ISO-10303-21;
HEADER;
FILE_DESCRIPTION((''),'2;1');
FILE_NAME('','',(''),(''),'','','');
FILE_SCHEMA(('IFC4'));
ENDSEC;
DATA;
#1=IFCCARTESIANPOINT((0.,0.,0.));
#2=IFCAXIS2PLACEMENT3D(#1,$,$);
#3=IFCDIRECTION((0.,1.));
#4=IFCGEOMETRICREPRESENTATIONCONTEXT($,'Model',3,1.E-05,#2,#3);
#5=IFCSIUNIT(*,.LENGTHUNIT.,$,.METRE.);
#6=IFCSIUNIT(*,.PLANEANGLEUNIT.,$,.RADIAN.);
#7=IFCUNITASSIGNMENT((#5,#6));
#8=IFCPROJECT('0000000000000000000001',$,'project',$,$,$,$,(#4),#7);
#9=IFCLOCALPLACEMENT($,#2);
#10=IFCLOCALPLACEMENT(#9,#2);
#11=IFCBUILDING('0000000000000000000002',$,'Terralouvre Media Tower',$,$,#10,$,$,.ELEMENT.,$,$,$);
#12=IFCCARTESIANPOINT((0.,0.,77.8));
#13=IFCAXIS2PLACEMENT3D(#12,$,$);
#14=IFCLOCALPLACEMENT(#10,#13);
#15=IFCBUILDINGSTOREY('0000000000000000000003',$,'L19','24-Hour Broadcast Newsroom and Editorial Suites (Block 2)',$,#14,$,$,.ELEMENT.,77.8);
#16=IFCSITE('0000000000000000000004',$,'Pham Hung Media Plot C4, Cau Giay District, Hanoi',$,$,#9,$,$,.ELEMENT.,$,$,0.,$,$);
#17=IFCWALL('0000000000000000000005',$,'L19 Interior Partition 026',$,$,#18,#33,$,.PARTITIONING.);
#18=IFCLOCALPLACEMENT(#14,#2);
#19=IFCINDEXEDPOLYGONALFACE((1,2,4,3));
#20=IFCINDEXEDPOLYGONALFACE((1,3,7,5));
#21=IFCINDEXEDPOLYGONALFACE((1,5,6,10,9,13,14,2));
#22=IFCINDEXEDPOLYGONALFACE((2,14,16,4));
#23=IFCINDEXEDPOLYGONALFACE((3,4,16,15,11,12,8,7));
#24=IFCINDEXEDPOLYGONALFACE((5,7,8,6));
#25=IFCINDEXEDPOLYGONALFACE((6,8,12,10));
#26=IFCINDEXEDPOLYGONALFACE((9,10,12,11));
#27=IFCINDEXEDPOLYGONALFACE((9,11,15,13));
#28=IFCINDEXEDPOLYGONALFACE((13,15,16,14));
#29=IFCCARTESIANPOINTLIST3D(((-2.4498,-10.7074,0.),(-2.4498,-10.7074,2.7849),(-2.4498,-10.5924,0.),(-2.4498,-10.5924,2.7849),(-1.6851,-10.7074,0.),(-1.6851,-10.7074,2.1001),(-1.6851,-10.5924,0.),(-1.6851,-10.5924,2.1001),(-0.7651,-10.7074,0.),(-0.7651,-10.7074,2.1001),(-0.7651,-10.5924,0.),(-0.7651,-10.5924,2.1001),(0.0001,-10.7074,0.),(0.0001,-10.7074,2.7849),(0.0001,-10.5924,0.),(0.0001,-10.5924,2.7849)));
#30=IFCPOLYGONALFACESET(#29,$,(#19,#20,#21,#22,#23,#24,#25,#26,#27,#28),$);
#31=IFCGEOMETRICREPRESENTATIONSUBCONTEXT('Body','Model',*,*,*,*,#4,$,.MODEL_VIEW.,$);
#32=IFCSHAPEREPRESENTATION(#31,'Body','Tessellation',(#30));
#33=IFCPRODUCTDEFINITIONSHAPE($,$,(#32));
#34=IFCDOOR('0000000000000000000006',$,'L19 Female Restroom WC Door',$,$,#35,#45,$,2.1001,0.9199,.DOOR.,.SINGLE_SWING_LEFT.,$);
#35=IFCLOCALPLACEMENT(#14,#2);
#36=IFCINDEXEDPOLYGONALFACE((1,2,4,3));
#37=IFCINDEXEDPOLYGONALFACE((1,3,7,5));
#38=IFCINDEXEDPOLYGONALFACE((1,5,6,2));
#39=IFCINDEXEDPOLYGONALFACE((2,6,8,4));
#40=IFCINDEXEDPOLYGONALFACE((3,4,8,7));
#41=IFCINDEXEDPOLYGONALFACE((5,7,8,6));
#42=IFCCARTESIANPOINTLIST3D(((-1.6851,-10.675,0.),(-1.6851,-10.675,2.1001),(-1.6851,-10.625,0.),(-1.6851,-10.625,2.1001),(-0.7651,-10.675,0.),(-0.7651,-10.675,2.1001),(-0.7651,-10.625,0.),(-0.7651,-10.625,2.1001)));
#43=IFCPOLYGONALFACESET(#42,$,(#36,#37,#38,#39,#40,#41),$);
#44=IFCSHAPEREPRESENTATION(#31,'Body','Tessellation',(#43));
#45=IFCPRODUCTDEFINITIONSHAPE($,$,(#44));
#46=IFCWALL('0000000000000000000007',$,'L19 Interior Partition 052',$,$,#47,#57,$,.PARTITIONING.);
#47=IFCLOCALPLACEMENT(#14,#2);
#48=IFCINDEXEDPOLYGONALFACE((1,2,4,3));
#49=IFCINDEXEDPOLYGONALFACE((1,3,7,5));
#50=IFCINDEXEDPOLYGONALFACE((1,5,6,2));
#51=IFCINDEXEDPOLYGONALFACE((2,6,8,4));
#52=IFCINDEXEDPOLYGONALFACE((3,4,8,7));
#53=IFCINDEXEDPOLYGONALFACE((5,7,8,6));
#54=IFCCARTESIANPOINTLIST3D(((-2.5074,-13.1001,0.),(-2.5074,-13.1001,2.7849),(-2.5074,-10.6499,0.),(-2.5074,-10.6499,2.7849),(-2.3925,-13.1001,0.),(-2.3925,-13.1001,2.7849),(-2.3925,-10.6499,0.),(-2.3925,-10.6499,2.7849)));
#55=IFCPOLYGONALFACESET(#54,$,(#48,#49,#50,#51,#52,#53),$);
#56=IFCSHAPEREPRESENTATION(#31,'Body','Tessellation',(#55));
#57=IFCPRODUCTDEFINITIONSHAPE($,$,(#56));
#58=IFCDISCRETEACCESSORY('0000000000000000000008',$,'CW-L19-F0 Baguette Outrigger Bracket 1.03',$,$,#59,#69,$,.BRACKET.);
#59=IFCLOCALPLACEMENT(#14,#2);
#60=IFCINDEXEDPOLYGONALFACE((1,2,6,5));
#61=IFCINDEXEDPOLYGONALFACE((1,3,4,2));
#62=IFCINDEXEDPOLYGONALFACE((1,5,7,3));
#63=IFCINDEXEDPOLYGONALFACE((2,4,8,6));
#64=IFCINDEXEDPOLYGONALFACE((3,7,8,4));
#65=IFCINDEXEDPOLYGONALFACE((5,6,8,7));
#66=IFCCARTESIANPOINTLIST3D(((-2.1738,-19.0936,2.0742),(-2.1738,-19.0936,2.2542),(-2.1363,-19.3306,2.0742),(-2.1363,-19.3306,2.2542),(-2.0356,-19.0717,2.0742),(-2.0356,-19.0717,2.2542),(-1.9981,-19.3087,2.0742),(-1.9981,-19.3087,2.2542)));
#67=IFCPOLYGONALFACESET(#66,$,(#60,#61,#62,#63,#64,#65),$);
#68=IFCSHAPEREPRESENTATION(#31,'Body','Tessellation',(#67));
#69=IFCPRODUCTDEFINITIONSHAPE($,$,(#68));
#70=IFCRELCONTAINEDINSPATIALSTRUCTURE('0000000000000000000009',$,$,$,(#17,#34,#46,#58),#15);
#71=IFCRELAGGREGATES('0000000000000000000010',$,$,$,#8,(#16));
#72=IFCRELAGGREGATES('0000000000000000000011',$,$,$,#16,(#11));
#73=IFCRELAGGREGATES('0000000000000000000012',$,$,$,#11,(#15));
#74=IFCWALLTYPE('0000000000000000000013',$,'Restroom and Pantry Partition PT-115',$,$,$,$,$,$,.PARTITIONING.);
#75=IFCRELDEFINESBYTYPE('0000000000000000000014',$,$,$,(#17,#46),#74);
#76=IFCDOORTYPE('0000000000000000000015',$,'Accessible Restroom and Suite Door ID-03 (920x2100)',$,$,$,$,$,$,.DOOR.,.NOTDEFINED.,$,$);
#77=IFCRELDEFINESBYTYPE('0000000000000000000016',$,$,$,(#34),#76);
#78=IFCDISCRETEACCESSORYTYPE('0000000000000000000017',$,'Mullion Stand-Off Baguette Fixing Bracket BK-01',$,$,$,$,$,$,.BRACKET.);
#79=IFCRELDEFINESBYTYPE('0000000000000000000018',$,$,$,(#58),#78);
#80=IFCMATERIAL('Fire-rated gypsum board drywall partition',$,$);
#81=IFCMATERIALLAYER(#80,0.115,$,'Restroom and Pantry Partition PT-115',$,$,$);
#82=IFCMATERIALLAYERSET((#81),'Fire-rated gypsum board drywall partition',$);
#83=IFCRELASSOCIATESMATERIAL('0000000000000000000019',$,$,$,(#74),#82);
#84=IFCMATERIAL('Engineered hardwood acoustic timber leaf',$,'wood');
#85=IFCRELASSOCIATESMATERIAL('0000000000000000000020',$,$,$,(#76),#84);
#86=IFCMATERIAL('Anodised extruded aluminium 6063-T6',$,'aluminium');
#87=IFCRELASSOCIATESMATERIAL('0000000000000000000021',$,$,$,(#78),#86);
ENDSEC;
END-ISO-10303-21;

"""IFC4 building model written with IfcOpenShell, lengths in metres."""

from ifc_helpers import new_model, si_unit, direction, frame, frame_2d, origin, origin_2d, place, context, subcontext, project, spatial, rectangle, extrude, material, layer, layer_set, type_object, element, fill, save


model = new_model("IFC4")

# Units and contexts
model_context = context("Model", 3, precision=1e-05, world=origin(), true_north=direction((0.0, 1.0)))
body_context = subcontext(model_context, "Body", "Model", "MODEL_VIEW")
ifc_project = project(units=[si_unit("LENGTHUNIT", "METRE"), si_unit("PLANEANGLEUNIT", "RADIAN")], contexts=[model_context])

# Site, building, storey
site_placement = place(None, origin())
site = spatial("IfcSite", under=ifc_project, at=site_placement, Name="Pham Hung Media Plot C4, Cau Giay District, Hanoi", CompositionType="ELEMENT", RefElevation=0.0)
building_placement = place(site_placement, origin())
building = spatial("IfcBuilding", under=site, at=building_placement, Name="Terralouvre Media Tower", CompositionType="ELEMENT")
storey_placement = place(building_placement, frame((0.0, 0.0, 77.8)))
storey = spatial("IfcBuildingStorey", under=building, at=storey_placement, Name="L19", Description="24-Hour Broadcast Newsroom and Editorial Suites (Block 2)", CompositionType="ELEMENT", Elevation=77.8)

# Wall, opening, door
ifc_material_1 = material(Name="Fire-rated gypsum board drywall partition")
ifc_layer_1 = layer(ifc_material_1, 0.115, Name="Restroom and Pantry Partition PT-115")
ifc_layer_set_1 = layer_set([ifc_layer_1], Name="Fire-rated gypsum board drywall partition")
wall_type_1 = type_object("IfcWallType", Name="Restroom and Pantry Partition PT-115", PredefinedType="PARTITIONING", material=ifc_layer_set_1)
ifc_material_2 = material(Name="Engineered hardwood acoustic timber leaf", Category="wood")
door_type_1 = type_object("IfcDoorType", Name="Accessible Restroom and Suite Door ID-03 (920x2100)", OperationType="NOTDEFINED", PredefinedType="DOOR", material=ifc_material_2)
wall_1_placement = place(storey_placement, frame((-2.45, -10.6499, 0.0), z_axis=(0.0, 0.0, 1.0), x_axis=(1.0, 0.0, 0.0)))
wall_1 = element("IfcWall", 1, at=wall_1_placement, inside=storey, type_object=wall_type_1, Name="L19 Interior Partition 026", PredefinedType="PARTITIONING", context=body_context, shape_type="SweptSolid", body=[
    extrude(rectangle(XDim=2.45, YDim=0.115, at=frame_2d((1.2251, 0.0))), origin(), (0.0, 0.0, 1.0), 2.7849),
])
opening_1_placement = place(wall_1_placement, frame((0.7649, 0.0, 0.0)))
opening_1 = element("IfcOpeningElement", 2, at=opening_1_placement, cuts=wall_1, PredefinedType="OPENING", context=body_context, shape_type="SweptSolid", body=[
    extrude(rectangle(XDim=0.9199, YDim=2.1001, at=frame_2d((0.46, 1.05))), frame((0.0, 0.0674, 0.0), z_axis=(0.0, -1.0, 0.0), x_axis=(1.0, 0.0, 0.0)), (0.0, 0.0, 1.0), 0.135),
])
door_1_placement = place(opening_1_placement, origin())
door_1 = element("IfcDoor", 3, at=door_1_placement, inside=storey, type_object=door_type_1, Name="L19 Female Restroom WC Door", OperationType="SINGLE_SWING_LEFT", OverallHeight=2.1001, OverallWidth=0.9199, PredefinedType="DOOR", context=body_context, shape_type="SweptSolid", body=[
    extrude(rectangle(XDim=0.9199, YDim=2.1001, at=frame_2d((0.46, 1.05))), frame((0.0, 0.0249, 0.0), z_axis=(0.0, -1.0, 0.0), x_axis=(1.0, 0.0, 0.0)), (0.0, 0.0, 1.0), 0.05),
])
fill(opening_1, door_1)

# Wall
wall_2_placement = place(storey_placement, frame((-2.45, -13.1001, 0.0), z_axis=(0.0, 0.0, 1.0), x_axis=(0.0, 1.0, 0.0)))
element("IfcWall", 4, at=wall_2_placement, inside=storey, type_object=wall_type_1, Name="L19 Interior Partition 052", PredefinedType="PARTITIONING", context=body_context, shape_type="SweptSolid", body=[
    extrude(rectangle(XDim=2.4502, YDim=0.115, at=frame_2d((1.2251, 0.0))), origin(), (0.0, 0.0, 1.0), 2.7849),
])

# Discrete accessory
ifc_material_3 = material(Name="Anodised extruded aluminium 6063-T6", Category="aluminium")
discrete_accessory_type = type_object("IfcDiscreteAccessoryType", Name="Mullion Stand-Off Baguette Fixing Bracket BK-01", PredefinedType="BRACKET", material=ifc_material_3)
discrete_accessory_placement = place(storey_placement, frame((-2.0859, -19.2012, 2.0742), z_axis=(0.0, 0.0, 1.0), x_axis=(0.987688, 0.156434, 0.0)))
element("IfcDiscreteAccessory", 5, at=discrete_accessory_placement, inside=storey, type_object=discrete_accessory_type, Name="CW-L19-F0 Baguette Outrigger Bracket 1.03", PredefinedType="BRACKET", context=body_context, shape_type="SweptSolid", body=[
    extrude(rectangle(XDim=0.1399, YDim=0.24, at=origin_2d()), origin(), (0.0, 0.0, 1.0), 0.1799),
])

save(model, "model.ifc")
